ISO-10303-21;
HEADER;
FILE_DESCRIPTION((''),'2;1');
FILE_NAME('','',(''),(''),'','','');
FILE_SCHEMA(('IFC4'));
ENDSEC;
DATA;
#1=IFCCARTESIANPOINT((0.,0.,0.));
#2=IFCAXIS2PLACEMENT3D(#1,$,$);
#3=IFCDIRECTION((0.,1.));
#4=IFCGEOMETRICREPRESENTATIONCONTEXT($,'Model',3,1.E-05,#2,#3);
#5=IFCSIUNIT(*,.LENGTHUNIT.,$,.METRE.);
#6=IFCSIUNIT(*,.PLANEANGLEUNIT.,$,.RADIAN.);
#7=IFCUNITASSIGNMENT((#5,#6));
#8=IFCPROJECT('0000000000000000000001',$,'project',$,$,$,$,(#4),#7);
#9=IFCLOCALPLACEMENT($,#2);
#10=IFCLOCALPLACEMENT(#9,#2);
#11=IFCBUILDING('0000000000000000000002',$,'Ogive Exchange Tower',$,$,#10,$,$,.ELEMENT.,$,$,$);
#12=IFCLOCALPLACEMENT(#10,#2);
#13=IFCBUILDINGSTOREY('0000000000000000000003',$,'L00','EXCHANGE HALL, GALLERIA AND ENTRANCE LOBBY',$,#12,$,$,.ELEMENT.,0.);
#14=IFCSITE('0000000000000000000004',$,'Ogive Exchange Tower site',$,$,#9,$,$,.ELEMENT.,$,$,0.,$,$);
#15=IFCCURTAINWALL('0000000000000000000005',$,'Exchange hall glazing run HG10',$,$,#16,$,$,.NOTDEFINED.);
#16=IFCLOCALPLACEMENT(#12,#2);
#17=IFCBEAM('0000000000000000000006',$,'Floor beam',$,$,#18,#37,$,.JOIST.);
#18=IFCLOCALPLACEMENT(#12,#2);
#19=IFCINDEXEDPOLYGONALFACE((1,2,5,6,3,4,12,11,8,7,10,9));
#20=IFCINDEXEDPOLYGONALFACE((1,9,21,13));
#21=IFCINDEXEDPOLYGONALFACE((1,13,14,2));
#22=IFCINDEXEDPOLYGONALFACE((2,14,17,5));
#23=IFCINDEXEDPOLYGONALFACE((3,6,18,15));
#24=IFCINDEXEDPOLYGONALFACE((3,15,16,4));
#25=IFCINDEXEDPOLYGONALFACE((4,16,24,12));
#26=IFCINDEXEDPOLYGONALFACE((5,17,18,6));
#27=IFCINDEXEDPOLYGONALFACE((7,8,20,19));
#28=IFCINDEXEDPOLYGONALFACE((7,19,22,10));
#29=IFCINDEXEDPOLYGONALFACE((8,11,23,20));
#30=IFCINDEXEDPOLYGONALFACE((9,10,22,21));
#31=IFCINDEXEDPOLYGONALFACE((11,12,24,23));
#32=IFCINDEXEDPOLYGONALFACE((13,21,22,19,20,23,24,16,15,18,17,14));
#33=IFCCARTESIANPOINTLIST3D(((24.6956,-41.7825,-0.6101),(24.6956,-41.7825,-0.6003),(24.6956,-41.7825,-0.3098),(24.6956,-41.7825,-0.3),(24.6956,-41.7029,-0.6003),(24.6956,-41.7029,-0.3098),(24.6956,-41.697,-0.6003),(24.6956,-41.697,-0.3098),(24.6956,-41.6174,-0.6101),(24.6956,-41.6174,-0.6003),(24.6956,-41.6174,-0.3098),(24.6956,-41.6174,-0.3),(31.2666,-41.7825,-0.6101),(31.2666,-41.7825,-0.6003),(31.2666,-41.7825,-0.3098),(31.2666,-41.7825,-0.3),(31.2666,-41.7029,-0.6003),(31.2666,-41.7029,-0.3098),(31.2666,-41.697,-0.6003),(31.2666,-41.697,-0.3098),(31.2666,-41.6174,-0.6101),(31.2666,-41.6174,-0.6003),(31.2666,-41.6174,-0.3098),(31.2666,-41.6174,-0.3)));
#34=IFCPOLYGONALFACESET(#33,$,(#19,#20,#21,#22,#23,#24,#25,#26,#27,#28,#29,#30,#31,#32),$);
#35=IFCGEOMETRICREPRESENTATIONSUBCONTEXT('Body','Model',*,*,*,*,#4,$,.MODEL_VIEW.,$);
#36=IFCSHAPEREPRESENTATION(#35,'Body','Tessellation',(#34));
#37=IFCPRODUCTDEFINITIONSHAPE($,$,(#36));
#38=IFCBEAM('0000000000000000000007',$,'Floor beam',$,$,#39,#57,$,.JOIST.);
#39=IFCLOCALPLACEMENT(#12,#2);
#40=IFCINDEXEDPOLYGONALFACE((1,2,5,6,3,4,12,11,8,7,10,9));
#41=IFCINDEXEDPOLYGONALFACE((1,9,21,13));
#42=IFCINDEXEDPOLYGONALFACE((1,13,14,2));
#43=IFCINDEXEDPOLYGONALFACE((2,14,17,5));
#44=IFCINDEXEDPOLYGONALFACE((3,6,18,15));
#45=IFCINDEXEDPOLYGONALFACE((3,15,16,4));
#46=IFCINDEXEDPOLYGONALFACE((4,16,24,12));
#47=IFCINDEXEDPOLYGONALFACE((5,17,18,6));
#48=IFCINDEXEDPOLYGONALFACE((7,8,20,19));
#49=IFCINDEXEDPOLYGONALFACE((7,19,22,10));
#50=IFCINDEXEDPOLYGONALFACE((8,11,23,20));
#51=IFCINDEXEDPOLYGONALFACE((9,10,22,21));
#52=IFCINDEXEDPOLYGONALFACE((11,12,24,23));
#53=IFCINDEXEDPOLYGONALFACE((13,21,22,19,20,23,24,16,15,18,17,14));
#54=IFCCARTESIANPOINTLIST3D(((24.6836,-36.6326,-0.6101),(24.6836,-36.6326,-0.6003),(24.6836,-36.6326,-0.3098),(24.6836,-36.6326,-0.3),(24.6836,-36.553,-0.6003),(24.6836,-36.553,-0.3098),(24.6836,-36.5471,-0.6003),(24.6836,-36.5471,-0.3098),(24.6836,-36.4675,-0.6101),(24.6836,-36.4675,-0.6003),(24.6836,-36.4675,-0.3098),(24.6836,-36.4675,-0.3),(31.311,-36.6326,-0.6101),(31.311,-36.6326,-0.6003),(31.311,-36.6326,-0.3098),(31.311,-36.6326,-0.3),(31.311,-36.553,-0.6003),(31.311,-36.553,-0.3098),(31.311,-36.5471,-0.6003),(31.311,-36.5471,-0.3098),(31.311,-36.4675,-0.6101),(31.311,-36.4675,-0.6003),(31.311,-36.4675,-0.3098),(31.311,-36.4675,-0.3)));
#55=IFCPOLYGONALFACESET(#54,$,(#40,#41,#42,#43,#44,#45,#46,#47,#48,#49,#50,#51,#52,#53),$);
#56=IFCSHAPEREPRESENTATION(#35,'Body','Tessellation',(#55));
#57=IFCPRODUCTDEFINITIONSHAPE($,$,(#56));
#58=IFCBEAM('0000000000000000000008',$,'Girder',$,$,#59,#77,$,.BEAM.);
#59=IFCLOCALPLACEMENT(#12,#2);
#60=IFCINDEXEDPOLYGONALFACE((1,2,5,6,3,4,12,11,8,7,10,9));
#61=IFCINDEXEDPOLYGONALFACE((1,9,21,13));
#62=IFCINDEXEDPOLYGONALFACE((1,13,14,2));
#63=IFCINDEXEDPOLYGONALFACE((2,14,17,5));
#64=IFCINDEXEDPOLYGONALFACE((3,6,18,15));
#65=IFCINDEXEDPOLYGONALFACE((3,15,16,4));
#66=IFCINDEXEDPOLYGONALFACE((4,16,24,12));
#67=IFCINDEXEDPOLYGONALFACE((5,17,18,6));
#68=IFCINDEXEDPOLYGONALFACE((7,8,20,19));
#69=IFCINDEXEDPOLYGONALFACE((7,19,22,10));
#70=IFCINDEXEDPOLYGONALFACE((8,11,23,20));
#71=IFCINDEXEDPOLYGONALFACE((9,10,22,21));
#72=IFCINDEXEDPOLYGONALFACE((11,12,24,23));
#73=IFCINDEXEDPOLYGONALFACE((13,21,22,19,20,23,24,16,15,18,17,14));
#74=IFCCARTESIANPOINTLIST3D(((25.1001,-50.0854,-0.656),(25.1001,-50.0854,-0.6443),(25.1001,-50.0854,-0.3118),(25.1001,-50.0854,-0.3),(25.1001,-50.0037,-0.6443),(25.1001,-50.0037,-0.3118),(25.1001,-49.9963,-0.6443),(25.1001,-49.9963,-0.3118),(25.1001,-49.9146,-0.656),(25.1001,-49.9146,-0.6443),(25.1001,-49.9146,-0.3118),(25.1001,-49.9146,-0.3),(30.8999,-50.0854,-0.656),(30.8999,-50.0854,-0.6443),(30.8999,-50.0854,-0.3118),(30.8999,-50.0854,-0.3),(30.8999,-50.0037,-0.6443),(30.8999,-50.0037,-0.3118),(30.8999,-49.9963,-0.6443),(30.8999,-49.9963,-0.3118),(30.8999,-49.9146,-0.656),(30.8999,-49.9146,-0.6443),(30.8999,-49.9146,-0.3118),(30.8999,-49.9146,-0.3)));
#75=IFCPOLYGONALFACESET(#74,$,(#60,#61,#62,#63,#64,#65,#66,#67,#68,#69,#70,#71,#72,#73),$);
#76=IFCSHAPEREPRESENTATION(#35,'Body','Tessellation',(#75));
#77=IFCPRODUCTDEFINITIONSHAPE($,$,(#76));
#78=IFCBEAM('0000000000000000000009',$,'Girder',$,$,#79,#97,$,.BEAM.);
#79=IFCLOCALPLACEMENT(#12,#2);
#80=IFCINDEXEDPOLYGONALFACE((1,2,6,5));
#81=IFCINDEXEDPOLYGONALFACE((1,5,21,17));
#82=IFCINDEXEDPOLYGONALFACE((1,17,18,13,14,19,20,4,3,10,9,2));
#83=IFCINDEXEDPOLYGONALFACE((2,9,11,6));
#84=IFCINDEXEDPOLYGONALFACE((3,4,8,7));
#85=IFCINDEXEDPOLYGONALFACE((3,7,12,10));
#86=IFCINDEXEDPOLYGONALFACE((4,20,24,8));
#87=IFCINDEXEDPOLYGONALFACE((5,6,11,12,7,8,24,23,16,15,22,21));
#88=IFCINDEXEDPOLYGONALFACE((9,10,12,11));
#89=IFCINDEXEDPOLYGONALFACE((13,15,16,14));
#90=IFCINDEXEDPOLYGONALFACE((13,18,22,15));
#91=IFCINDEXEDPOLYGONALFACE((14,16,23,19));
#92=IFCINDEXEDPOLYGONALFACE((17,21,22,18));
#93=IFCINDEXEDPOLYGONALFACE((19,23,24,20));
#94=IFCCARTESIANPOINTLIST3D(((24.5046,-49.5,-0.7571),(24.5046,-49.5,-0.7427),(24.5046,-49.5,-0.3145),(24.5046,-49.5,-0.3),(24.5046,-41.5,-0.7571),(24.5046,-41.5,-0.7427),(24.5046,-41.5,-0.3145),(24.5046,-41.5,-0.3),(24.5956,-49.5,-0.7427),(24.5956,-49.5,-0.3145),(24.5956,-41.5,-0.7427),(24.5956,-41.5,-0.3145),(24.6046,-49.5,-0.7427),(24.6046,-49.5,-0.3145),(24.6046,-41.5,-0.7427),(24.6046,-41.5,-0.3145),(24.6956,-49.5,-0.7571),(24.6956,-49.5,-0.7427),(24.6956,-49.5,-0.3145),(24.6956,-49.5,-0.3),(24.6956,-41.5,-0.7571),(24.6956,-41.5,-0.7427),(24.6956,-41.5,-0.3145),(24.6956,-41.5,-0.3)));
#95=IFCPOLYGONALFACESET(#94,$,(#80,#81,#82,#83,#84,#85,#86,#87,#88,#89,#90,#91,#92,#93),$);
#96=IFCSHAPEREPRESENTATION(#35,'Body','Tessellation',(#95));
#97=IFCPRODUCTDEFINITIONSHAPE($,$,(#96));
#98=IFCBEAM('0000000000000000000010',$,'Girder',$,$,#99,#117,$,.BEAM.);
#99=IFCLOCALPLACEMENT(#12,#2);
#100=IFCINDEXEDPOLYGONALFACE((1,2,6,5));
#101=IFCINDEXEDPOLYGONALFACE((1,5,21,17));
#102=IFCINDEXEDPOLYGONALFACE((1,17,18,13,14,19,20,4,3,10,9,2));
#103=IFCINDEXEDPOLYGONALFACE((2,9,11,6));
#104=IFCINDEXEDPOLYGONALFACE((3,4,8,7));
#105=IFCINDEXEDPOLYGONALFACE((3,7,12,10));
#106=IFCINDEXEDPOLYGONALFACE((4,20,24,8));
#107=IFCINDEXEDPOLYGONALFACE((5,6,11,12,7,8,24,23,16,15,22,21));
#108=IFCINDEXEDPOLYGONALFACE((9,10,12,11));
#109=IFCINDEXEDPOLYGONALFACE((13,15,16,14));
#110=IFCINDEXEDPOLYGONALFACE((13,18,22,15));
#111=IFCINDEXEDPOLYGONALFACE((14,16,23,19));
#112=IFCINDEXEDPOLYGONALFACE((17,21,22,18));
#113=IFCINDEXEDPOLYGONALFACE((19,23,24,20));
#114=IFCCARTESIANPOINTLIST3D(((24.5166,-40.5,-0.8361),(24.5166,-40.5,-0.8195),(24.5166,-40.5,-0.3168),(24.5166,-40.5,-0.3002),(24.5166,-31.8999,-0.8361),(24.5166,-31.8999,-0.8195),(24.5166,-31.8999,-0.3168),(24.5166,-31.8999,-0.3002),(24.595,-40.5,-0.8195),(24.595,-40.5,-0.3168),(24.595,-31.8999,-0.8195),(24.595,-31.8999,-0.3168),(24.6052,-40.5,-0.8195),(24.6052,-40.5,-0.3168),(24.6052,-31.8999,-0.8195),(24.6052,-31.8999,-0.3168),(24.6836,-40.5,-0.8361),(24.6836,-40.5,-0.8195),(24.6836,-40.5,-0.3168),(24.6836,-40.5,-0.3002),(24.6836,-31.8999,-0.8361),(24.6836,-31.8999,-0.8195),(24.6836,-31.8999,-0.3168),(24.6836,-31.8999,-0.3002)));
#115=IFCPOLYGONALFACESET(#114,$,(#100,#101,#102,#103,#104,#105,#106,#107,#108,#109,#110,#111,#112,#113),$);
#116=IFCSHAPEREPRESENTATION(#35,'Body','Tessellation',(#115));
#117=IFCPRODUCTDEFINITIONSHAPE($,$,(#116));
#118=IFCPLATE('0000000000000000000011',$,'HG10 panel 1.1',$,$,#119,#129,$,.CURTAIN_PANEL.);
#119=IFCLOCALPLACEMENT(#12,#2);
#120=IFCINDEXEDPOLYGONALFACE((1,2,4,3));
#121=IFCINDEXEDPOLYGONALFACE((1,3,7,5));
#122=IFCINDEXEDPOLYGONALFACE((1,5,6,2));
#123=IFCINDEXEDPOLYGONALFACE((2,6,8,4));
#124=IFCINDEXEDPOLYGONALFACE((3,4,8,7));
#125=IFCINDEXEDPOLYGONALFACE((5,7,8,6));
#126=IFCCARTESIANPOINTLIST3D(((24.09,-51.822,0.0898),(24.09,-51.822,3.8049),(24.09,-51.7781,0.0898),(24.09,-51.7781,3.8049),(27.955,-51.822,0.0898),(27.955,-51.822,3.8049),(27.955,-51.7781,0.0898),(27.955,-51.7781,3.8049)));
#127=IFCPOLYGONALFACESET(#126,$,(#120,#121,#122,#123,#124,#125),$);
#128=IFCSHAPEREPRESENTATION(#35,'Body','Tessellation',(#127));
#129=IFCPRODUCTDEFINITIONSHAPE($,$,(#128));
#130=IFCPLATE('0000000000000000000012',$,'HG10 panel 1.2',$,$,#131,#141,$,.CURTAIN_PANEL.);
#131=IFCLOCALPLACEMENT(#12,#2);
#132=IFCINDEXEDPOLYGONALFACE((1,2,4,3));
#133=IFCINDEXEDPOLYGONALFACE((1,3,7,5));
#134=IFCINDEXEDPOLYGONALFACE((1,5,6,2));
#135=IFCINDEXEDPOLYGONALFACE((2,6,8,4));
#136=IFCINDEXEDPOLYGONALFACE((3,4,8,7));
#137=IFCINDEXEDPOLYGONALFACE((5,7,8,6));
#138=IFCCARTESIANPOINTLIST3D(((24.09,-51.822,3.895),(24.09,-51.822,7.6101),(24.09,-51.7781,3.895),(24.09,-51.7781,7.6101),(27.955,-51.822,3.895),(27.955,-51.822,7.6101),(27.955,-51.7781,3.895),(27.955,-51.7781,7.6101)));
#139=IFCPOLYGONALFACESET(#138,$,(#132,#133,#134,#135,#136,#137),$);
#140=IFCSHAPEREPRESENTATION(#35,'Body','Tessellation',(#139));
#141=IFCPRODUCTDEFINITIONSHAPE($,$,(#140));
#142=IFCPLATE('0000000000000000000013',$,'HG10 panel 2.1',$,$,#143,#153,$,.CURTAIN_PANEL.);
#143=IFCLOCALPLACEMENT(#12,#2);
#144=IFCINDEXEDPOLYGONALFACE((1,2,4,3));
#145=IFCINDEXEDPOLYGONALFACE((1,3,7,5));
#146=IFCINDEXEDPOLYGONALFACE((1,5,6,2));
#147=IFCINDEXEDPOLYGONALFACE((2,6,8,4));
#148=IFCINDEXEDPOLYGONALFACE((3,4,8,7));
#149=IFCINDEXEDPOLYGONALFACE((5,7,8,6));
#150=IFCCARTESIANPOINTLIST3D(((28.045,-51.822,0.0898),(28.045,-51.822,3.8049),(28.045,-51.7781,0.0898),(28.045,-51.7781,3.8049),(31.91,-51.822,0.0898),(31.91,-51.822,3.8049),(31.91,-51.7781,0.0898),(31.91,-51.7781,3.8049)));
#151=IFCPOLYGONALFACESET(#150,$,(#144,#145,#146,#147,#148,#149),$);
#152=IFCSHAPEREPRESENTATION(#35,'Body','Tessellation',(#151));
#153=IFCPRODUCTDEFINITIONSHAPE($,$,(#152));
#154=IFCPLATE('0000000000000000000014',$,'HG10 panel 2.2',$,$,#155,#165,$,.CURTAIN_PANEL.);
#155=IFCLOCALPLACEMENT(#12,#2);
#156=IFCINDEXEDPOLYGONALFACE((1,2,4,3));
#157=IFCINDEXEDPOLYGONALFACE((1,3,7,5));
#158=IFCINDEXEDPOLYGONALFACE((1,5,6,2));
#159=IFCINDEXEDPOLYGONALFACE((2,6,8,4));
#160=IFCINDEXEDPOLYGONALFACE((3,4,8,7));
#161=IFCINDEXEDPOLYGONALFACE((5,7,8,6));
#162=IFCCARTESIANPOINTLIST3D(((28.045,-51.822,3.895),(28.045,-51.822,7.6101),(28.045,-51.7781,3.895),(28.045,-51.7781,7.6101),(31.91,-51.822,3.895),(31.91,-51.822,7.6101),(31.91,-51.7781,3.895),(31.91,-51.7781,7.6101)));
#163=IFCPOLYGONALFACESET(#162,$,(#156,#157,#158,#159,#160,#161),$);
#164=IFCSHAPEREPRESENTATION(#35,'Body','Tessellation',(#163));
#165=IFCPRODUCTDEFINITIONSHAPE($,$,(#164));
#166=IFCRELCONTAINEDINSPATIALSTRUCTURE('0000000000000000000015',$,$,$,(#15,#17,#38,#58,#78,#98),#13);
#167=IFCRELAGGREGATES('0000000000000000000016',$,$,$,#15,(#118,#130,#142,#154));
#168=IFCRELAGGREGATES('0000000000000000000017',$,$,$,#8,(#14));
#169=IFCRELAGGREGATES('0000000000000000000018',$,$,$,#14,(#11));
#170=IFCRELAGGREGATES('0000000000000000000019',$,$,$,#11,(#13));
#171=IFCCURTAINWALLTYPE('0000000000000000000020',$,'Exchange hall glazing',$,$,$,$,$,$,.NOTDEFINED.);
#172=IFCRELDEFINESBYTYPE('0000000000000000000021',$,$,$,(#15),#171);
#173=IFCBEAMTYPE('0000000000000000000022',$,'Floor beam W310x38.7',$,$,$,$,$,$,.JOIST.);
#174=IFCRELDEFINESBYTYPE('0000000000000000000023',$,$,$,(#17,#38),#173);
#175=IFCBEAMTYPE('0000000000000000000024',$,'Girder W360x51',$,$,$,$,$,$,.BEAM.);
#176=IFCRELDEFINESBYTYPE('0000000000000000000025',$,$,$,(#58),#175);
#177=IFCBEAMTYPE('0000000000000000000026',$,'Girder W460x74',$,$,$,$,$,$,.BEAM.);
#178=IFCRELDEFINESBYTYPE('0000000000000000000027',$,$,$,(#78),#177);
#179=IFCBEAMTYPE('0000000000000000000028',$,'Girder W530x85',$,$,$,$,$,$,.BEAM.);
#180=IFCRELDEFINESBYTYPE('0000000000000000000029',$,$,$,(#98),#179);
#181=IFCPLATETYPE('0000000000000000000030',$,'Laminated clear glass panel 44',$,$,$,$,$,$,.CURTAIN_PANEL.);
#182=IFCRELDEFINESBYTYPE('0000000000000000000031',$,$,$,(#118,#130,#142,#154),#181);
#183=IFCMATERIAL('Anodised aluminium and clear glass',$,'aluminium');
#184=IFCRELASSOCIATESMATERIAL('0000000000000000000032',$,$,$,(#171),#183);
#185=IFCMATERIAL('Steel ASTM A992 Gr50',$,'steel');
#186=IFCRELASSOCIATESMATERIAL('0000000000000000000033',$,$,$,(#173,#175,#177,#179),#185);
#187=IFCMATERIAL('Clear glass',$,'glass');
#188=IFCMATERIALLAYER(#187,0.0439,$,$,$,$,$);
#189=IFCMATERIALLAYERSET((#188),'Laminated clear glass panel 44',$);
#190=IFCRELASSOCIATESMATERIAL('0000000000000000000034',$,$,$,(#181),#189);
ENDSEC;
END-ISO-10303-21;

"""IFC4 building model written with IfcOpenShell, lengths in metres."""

from ifc_helpers import new_model, si_unit, direction, frame, origin, origin_2d, place, context, subcontext, project, spatial, rectangle, i_section, extrude, material, layer, layer_set, material_profile, profile_set, type_object, element, aggregate, save


model = new_model("IFC4")

# Units and contexts
model_context = context("Model", 3, precision=1e-05, world=origin(), true_north=direction((0.0, 1.0)))
body_context = subcontext(model_context, "Body", "Model", "MODEL_VIEW")
ifc_project = project(units=[si_unit("LENGTHUNIT", "METRE"), si_unit("PLANEANGLEUNIT", "RADIAN")], contexts=[model_context])

# Site, building, storey
site_placement = place(None, origin())
site = spatial("IfcSite", under=ifc_project, at=site_placement, Name="Ogive Exchange Tower site", CompositionType="ELEMENT", RefElevation=0.0)
building_placement = place(site_placement, origin())
building = spatial("IfcBuilding", under=site, at=building_placement, Name="Ogive Exchange Tower", CompositionType="ELEMENT")
storey_placement = place(building_placement, origin())
storey = spatial("IfcBuildingStorey", under=building, at=storey_placement, Name="L00", Description="EXCHANGE HALL, GALLERIA AND ENTRANCE LOBBY", CompositionType="ELEMENT", Elevation=0.0)

# Curtain wall
ifc_material_1 = material(Name="Anodised aluminium and clear glass", Category="aluminium")
curtain_wall_type = type_object("IfcCurtainWallType", Name="Exchange hall glazing", PredefinedType="NOTDEFINED", material=ifc_material_1)
curtain_wall_placement = place(storey_placement, origin())
curtain_wall = element("IfcCurtainWall", 1, at=curtain_wall_placement, inside=storey, type_object=curtain_wall_type, Name="Exchange hall glazing run HG10", PredefinedType="NOTDEFINED")

# Beams
ifc_material_2 = material(Name="Steel ASTM A992 Gr50", Category="steel")
ifc_material_profile_1 = material_profile(ifc_material_2, i_section(OverallWidth=0.165, OverallDepth=0.3101, WebThickness=0.0059, FlangeThickness=0.0098, at=origin_2d()), Name="W310x38.7")
ifc_profile_set_1 = profile_set([ifc_material_profile_1], Name="Steel ASTM A992 Gr50")
beam_type_1 = type_object("IfcBeamType", Name="Floor beam W310x38.7", PredefinedType="JOIST", material=ifc_profile_set_1)
for number, where, z_axis, x_axis, name in (
    (2, (24.6956, -41.7, -0.4551), (1.0, 0.0, 0.0), (0.0, 1.0, 0.0), "Floor beam"),
):
    element("IfcBeam", number, at=place(storey_placement, frame(where, z_axis=z_axis, x_axis=x_axis)), inside=storey, type_object=beam_type_1, Name=name, PredefinedType="JOIST", context=body_context, shape_type="SweptSolid", body=[
        extrude(i_section(OverallWidth=0.165, OverallDepth=0.3101, WebThickness=0.0059, FlangeThickness=0.0098, at=origin_2d()), origin(), (0.0, 0.0, 1.0), 6.571),
    ])
beam_1_placement = place(storey_placement, frame((24.6836, -36.55, -0.4551), z_axis=(1.0, 0.0, 0.0), x_axis=(0.0, 1.0, 0.0)))
element("IfcBeam", 3, at=beam_1_placement, inside=storey, type_object=beam_type_1, Name="Floor beam", PredefinedType="JOIST", context=body_context, shape_type="SweptSolid", body=[
    extrude(i_section(OverallWidth=0.165, OverallDepth=0.3101, WebThickness=0.0059, FlangeThickness=0.0098, at=origin_2d()), origin(), (0.0, 0.0, 1.0), 6.6274),
])
ifc_material_profile_2 = material_profile(ifc_material_2, i_section(OverallWidth=0.1709, OverallDepth=0.356, WebThickness=0.0073, FlangeThickness=0.0117, at=origin_2d()), Name="W360x51")
ifc_profile_set_2 = profile_set([ifc_material_profile_2], Name="Steel ASTM A992 Gr50")
beam_type_2 = type_object("IfcBeamType", Name="Girder W360x51", PredefinedType="BEAM", material=ifc_profile_set_2)
beam_2_placement = place(storey_placement, frame((25.1001, -50.0, -0.478), z_axis=(1.0, 0.0, 0.0), x_axis=(0.0, 1.0, 0.0)))
element("IfcBeam", 4, at=beam_2_placement, inside=storey, type_object=beam_type_2, Name="Girder", PredefinedType="BEAM", context=body_context, shape_type="SweptSolid", body=[
    extrude(i_section(OverallWidth=0.1709, OverallDepth=0.356, WebThickness=0.0073, FlangeThickness=0.0117, at=origin_2d()), origin(), (0.0, 0.0, 1.0), 5.7998),
])
ifc_material_profile_3 = material_profile(ifc_material_2, i_section(OverallWidth=0.1909, OverallDepth=0.457, WebThickness=0.009, FlangeThickness=0.0144, at=origin_2d()), Name="W460x74")
ifc_profile_set_3 = profile_set([ifc_material_profile_3], Name="Steel ASTM A992 Gr50")
beam_type_3 = type_object("IfcBeamType", Name="Girder W460x74", PredefinedType="BEAM", material=ifc_profile_set_3)
beam_3_placement = place(storey_placement, frame((24.6001, -49.5, -0.5286), z_axis=(0.0, 1.0, 0.0), x_axis=(-1.0, 0.0, 0.0)))
element("IfcBeam", 5, at=beam_3_placement, inside=storey, type_object=beam_type_3, Name="Girder", PredefinedType="BEAM", context=body_context, shape_type="SweptSolid", body=[
    extrude(i_section(OverallWidth=0.1909, OverallDepth=0.457, WebThickness=0.009, FlangeThickness=0.0144, at=origin_2d()), origin(), (0.0, 0.0, 1.0), 8.0),
])
ifc_material_profile_4 = material_profile(ifc_material_2, i_section(OverallWidth=0.167, OverallDepth=0.5359, WebThickness=0.0103, FlangeThickness=0.0166, at=origin_2d()), Name="W530x85")
ifc_profile_set_4 = profile_set([ifc_material_profile_4], Name="Steel ASTM A992 Gr50")
beam_type_4 = type_object("IfcBeamType", Name="Girder W530x85", PredefinedType="BEAM", material=ifc_profile_set_4)
beam_4_placement = place(storey_placement, frame((24.6001, -40.5, -0.5681), z_axis=(0.0, 1.0, 0.0), x_axis=(-1.0, 0.0, 0.0)))
element("IfcBeam", 6, at=beam_4_placement, inside=storey, type_object=beam_type_4, Name="Girder", PredefinedType="BEAM", context=body_context, shape_type="SweptSolid", body=[
    extrude(i_section(OverallWidth=0.167, OverallDepth=0.5359, WebThickness=0.0103, FlangeThickness=0.0166, at=origin_2d()), origin(), (0.0, 0.0, 1.0), 8.6001),
])

# Plates
ifc_material_3 = material(Name="Clear glass", Category="glass")
ifc_layer_1 = layer(ifc_material_3, 0.0439)
ifc_layer_set_1 = layer_set([ifc_layer_1], Name="Laminated clear glass panel 44")
plate_type = type_object("IfcPlateType", Name="Laminated clear glass panel 44", PredefinedType="CURTAIN_PANEL", material=ifc_layer_set_1)
plate_1_placement = place(storey_placement, frame((26.0225, -51.8, 0.0898), z_axis=(0.0, 0.0, 1.0), x_axis=(1.0, 0.0, 0.0)))
plate_1 = element("IfcPlate", 7, at=plate_1_placement, type_object=plate_type, Name="HG10 panel 1.1", PredefinedType="CURTAIN_PANEL", context=body_context, shape_type="SweptSolid", body=[
    extrude(rectangle(XDim=3.865, YDim=0.0439, at=origin_2d()), origin(), (0.0, 0.0, 1.0), 3.7151),
])
plate_2_placement = place(storey_placement, frame((26.0225, -51.8, 3.895), z_axis=(0.0, 0.0, 1.0), x_axis=(1.0, 0.0, 0.0)))
plate_2 = element("IfcPlate", 8, at=plate_2_placement, type_object=plate_type, Name="HG10 panel 1.2", PredefinedType="CURTAIN_PANEL", context=body_context, shape_type="SweptSolid", body=[
    extrude(rectangle(XDim=3.865, YDim=0.0439, at=origin_2d()), origin(), (0.0, 0.0, 1.0), 3.7151),
])
plate_3_placement = place(storey_placement, frame((29.9775, -51.8, 0.0898), z_axis=(0.0, 0.0, 1.0), x_axis=(1.0, 0.0, 0.0)))
plate_3 = element("IfcPlate", 9, at=plate_3_placement, type_object=plate_type, Name="HG10 panel 2.1", PredefinedType="CURTAIN_PANEL", context=body_context, shape_type="SweptSolid", body=[
    extrude(rectangle(XDim=3.865, YDim=0.0439, at=origin_2d()), origin(), (0.0, 0.0, 1.0), 3.7151),
])
plate_4_placement = place(storey_placement, frame((29.9775, -51.8, 3.895), z_axis=(0.0, 0.0, 1.0), x_axis=(1.0, 0.0, 0.0)))
plate_4 = element("IfcPlate", 10, at=plate_4_placement, type_object=plate_type, Name="HG10 panel 2.2", PredefinedType="CURTAIN_PANEL", context=body_context, shape_type="SweptSolid", body=[
    extrude(rectangle(XDim=3.865, YDim=0.0439, at=origin_2d()), origin(), (0.0, 0.0, 1.0), 3.7151),
])
aggregate(curtain_wall, [plate_1, plate_2, plate_3, plate_4])

save(model, "model.ifc")
